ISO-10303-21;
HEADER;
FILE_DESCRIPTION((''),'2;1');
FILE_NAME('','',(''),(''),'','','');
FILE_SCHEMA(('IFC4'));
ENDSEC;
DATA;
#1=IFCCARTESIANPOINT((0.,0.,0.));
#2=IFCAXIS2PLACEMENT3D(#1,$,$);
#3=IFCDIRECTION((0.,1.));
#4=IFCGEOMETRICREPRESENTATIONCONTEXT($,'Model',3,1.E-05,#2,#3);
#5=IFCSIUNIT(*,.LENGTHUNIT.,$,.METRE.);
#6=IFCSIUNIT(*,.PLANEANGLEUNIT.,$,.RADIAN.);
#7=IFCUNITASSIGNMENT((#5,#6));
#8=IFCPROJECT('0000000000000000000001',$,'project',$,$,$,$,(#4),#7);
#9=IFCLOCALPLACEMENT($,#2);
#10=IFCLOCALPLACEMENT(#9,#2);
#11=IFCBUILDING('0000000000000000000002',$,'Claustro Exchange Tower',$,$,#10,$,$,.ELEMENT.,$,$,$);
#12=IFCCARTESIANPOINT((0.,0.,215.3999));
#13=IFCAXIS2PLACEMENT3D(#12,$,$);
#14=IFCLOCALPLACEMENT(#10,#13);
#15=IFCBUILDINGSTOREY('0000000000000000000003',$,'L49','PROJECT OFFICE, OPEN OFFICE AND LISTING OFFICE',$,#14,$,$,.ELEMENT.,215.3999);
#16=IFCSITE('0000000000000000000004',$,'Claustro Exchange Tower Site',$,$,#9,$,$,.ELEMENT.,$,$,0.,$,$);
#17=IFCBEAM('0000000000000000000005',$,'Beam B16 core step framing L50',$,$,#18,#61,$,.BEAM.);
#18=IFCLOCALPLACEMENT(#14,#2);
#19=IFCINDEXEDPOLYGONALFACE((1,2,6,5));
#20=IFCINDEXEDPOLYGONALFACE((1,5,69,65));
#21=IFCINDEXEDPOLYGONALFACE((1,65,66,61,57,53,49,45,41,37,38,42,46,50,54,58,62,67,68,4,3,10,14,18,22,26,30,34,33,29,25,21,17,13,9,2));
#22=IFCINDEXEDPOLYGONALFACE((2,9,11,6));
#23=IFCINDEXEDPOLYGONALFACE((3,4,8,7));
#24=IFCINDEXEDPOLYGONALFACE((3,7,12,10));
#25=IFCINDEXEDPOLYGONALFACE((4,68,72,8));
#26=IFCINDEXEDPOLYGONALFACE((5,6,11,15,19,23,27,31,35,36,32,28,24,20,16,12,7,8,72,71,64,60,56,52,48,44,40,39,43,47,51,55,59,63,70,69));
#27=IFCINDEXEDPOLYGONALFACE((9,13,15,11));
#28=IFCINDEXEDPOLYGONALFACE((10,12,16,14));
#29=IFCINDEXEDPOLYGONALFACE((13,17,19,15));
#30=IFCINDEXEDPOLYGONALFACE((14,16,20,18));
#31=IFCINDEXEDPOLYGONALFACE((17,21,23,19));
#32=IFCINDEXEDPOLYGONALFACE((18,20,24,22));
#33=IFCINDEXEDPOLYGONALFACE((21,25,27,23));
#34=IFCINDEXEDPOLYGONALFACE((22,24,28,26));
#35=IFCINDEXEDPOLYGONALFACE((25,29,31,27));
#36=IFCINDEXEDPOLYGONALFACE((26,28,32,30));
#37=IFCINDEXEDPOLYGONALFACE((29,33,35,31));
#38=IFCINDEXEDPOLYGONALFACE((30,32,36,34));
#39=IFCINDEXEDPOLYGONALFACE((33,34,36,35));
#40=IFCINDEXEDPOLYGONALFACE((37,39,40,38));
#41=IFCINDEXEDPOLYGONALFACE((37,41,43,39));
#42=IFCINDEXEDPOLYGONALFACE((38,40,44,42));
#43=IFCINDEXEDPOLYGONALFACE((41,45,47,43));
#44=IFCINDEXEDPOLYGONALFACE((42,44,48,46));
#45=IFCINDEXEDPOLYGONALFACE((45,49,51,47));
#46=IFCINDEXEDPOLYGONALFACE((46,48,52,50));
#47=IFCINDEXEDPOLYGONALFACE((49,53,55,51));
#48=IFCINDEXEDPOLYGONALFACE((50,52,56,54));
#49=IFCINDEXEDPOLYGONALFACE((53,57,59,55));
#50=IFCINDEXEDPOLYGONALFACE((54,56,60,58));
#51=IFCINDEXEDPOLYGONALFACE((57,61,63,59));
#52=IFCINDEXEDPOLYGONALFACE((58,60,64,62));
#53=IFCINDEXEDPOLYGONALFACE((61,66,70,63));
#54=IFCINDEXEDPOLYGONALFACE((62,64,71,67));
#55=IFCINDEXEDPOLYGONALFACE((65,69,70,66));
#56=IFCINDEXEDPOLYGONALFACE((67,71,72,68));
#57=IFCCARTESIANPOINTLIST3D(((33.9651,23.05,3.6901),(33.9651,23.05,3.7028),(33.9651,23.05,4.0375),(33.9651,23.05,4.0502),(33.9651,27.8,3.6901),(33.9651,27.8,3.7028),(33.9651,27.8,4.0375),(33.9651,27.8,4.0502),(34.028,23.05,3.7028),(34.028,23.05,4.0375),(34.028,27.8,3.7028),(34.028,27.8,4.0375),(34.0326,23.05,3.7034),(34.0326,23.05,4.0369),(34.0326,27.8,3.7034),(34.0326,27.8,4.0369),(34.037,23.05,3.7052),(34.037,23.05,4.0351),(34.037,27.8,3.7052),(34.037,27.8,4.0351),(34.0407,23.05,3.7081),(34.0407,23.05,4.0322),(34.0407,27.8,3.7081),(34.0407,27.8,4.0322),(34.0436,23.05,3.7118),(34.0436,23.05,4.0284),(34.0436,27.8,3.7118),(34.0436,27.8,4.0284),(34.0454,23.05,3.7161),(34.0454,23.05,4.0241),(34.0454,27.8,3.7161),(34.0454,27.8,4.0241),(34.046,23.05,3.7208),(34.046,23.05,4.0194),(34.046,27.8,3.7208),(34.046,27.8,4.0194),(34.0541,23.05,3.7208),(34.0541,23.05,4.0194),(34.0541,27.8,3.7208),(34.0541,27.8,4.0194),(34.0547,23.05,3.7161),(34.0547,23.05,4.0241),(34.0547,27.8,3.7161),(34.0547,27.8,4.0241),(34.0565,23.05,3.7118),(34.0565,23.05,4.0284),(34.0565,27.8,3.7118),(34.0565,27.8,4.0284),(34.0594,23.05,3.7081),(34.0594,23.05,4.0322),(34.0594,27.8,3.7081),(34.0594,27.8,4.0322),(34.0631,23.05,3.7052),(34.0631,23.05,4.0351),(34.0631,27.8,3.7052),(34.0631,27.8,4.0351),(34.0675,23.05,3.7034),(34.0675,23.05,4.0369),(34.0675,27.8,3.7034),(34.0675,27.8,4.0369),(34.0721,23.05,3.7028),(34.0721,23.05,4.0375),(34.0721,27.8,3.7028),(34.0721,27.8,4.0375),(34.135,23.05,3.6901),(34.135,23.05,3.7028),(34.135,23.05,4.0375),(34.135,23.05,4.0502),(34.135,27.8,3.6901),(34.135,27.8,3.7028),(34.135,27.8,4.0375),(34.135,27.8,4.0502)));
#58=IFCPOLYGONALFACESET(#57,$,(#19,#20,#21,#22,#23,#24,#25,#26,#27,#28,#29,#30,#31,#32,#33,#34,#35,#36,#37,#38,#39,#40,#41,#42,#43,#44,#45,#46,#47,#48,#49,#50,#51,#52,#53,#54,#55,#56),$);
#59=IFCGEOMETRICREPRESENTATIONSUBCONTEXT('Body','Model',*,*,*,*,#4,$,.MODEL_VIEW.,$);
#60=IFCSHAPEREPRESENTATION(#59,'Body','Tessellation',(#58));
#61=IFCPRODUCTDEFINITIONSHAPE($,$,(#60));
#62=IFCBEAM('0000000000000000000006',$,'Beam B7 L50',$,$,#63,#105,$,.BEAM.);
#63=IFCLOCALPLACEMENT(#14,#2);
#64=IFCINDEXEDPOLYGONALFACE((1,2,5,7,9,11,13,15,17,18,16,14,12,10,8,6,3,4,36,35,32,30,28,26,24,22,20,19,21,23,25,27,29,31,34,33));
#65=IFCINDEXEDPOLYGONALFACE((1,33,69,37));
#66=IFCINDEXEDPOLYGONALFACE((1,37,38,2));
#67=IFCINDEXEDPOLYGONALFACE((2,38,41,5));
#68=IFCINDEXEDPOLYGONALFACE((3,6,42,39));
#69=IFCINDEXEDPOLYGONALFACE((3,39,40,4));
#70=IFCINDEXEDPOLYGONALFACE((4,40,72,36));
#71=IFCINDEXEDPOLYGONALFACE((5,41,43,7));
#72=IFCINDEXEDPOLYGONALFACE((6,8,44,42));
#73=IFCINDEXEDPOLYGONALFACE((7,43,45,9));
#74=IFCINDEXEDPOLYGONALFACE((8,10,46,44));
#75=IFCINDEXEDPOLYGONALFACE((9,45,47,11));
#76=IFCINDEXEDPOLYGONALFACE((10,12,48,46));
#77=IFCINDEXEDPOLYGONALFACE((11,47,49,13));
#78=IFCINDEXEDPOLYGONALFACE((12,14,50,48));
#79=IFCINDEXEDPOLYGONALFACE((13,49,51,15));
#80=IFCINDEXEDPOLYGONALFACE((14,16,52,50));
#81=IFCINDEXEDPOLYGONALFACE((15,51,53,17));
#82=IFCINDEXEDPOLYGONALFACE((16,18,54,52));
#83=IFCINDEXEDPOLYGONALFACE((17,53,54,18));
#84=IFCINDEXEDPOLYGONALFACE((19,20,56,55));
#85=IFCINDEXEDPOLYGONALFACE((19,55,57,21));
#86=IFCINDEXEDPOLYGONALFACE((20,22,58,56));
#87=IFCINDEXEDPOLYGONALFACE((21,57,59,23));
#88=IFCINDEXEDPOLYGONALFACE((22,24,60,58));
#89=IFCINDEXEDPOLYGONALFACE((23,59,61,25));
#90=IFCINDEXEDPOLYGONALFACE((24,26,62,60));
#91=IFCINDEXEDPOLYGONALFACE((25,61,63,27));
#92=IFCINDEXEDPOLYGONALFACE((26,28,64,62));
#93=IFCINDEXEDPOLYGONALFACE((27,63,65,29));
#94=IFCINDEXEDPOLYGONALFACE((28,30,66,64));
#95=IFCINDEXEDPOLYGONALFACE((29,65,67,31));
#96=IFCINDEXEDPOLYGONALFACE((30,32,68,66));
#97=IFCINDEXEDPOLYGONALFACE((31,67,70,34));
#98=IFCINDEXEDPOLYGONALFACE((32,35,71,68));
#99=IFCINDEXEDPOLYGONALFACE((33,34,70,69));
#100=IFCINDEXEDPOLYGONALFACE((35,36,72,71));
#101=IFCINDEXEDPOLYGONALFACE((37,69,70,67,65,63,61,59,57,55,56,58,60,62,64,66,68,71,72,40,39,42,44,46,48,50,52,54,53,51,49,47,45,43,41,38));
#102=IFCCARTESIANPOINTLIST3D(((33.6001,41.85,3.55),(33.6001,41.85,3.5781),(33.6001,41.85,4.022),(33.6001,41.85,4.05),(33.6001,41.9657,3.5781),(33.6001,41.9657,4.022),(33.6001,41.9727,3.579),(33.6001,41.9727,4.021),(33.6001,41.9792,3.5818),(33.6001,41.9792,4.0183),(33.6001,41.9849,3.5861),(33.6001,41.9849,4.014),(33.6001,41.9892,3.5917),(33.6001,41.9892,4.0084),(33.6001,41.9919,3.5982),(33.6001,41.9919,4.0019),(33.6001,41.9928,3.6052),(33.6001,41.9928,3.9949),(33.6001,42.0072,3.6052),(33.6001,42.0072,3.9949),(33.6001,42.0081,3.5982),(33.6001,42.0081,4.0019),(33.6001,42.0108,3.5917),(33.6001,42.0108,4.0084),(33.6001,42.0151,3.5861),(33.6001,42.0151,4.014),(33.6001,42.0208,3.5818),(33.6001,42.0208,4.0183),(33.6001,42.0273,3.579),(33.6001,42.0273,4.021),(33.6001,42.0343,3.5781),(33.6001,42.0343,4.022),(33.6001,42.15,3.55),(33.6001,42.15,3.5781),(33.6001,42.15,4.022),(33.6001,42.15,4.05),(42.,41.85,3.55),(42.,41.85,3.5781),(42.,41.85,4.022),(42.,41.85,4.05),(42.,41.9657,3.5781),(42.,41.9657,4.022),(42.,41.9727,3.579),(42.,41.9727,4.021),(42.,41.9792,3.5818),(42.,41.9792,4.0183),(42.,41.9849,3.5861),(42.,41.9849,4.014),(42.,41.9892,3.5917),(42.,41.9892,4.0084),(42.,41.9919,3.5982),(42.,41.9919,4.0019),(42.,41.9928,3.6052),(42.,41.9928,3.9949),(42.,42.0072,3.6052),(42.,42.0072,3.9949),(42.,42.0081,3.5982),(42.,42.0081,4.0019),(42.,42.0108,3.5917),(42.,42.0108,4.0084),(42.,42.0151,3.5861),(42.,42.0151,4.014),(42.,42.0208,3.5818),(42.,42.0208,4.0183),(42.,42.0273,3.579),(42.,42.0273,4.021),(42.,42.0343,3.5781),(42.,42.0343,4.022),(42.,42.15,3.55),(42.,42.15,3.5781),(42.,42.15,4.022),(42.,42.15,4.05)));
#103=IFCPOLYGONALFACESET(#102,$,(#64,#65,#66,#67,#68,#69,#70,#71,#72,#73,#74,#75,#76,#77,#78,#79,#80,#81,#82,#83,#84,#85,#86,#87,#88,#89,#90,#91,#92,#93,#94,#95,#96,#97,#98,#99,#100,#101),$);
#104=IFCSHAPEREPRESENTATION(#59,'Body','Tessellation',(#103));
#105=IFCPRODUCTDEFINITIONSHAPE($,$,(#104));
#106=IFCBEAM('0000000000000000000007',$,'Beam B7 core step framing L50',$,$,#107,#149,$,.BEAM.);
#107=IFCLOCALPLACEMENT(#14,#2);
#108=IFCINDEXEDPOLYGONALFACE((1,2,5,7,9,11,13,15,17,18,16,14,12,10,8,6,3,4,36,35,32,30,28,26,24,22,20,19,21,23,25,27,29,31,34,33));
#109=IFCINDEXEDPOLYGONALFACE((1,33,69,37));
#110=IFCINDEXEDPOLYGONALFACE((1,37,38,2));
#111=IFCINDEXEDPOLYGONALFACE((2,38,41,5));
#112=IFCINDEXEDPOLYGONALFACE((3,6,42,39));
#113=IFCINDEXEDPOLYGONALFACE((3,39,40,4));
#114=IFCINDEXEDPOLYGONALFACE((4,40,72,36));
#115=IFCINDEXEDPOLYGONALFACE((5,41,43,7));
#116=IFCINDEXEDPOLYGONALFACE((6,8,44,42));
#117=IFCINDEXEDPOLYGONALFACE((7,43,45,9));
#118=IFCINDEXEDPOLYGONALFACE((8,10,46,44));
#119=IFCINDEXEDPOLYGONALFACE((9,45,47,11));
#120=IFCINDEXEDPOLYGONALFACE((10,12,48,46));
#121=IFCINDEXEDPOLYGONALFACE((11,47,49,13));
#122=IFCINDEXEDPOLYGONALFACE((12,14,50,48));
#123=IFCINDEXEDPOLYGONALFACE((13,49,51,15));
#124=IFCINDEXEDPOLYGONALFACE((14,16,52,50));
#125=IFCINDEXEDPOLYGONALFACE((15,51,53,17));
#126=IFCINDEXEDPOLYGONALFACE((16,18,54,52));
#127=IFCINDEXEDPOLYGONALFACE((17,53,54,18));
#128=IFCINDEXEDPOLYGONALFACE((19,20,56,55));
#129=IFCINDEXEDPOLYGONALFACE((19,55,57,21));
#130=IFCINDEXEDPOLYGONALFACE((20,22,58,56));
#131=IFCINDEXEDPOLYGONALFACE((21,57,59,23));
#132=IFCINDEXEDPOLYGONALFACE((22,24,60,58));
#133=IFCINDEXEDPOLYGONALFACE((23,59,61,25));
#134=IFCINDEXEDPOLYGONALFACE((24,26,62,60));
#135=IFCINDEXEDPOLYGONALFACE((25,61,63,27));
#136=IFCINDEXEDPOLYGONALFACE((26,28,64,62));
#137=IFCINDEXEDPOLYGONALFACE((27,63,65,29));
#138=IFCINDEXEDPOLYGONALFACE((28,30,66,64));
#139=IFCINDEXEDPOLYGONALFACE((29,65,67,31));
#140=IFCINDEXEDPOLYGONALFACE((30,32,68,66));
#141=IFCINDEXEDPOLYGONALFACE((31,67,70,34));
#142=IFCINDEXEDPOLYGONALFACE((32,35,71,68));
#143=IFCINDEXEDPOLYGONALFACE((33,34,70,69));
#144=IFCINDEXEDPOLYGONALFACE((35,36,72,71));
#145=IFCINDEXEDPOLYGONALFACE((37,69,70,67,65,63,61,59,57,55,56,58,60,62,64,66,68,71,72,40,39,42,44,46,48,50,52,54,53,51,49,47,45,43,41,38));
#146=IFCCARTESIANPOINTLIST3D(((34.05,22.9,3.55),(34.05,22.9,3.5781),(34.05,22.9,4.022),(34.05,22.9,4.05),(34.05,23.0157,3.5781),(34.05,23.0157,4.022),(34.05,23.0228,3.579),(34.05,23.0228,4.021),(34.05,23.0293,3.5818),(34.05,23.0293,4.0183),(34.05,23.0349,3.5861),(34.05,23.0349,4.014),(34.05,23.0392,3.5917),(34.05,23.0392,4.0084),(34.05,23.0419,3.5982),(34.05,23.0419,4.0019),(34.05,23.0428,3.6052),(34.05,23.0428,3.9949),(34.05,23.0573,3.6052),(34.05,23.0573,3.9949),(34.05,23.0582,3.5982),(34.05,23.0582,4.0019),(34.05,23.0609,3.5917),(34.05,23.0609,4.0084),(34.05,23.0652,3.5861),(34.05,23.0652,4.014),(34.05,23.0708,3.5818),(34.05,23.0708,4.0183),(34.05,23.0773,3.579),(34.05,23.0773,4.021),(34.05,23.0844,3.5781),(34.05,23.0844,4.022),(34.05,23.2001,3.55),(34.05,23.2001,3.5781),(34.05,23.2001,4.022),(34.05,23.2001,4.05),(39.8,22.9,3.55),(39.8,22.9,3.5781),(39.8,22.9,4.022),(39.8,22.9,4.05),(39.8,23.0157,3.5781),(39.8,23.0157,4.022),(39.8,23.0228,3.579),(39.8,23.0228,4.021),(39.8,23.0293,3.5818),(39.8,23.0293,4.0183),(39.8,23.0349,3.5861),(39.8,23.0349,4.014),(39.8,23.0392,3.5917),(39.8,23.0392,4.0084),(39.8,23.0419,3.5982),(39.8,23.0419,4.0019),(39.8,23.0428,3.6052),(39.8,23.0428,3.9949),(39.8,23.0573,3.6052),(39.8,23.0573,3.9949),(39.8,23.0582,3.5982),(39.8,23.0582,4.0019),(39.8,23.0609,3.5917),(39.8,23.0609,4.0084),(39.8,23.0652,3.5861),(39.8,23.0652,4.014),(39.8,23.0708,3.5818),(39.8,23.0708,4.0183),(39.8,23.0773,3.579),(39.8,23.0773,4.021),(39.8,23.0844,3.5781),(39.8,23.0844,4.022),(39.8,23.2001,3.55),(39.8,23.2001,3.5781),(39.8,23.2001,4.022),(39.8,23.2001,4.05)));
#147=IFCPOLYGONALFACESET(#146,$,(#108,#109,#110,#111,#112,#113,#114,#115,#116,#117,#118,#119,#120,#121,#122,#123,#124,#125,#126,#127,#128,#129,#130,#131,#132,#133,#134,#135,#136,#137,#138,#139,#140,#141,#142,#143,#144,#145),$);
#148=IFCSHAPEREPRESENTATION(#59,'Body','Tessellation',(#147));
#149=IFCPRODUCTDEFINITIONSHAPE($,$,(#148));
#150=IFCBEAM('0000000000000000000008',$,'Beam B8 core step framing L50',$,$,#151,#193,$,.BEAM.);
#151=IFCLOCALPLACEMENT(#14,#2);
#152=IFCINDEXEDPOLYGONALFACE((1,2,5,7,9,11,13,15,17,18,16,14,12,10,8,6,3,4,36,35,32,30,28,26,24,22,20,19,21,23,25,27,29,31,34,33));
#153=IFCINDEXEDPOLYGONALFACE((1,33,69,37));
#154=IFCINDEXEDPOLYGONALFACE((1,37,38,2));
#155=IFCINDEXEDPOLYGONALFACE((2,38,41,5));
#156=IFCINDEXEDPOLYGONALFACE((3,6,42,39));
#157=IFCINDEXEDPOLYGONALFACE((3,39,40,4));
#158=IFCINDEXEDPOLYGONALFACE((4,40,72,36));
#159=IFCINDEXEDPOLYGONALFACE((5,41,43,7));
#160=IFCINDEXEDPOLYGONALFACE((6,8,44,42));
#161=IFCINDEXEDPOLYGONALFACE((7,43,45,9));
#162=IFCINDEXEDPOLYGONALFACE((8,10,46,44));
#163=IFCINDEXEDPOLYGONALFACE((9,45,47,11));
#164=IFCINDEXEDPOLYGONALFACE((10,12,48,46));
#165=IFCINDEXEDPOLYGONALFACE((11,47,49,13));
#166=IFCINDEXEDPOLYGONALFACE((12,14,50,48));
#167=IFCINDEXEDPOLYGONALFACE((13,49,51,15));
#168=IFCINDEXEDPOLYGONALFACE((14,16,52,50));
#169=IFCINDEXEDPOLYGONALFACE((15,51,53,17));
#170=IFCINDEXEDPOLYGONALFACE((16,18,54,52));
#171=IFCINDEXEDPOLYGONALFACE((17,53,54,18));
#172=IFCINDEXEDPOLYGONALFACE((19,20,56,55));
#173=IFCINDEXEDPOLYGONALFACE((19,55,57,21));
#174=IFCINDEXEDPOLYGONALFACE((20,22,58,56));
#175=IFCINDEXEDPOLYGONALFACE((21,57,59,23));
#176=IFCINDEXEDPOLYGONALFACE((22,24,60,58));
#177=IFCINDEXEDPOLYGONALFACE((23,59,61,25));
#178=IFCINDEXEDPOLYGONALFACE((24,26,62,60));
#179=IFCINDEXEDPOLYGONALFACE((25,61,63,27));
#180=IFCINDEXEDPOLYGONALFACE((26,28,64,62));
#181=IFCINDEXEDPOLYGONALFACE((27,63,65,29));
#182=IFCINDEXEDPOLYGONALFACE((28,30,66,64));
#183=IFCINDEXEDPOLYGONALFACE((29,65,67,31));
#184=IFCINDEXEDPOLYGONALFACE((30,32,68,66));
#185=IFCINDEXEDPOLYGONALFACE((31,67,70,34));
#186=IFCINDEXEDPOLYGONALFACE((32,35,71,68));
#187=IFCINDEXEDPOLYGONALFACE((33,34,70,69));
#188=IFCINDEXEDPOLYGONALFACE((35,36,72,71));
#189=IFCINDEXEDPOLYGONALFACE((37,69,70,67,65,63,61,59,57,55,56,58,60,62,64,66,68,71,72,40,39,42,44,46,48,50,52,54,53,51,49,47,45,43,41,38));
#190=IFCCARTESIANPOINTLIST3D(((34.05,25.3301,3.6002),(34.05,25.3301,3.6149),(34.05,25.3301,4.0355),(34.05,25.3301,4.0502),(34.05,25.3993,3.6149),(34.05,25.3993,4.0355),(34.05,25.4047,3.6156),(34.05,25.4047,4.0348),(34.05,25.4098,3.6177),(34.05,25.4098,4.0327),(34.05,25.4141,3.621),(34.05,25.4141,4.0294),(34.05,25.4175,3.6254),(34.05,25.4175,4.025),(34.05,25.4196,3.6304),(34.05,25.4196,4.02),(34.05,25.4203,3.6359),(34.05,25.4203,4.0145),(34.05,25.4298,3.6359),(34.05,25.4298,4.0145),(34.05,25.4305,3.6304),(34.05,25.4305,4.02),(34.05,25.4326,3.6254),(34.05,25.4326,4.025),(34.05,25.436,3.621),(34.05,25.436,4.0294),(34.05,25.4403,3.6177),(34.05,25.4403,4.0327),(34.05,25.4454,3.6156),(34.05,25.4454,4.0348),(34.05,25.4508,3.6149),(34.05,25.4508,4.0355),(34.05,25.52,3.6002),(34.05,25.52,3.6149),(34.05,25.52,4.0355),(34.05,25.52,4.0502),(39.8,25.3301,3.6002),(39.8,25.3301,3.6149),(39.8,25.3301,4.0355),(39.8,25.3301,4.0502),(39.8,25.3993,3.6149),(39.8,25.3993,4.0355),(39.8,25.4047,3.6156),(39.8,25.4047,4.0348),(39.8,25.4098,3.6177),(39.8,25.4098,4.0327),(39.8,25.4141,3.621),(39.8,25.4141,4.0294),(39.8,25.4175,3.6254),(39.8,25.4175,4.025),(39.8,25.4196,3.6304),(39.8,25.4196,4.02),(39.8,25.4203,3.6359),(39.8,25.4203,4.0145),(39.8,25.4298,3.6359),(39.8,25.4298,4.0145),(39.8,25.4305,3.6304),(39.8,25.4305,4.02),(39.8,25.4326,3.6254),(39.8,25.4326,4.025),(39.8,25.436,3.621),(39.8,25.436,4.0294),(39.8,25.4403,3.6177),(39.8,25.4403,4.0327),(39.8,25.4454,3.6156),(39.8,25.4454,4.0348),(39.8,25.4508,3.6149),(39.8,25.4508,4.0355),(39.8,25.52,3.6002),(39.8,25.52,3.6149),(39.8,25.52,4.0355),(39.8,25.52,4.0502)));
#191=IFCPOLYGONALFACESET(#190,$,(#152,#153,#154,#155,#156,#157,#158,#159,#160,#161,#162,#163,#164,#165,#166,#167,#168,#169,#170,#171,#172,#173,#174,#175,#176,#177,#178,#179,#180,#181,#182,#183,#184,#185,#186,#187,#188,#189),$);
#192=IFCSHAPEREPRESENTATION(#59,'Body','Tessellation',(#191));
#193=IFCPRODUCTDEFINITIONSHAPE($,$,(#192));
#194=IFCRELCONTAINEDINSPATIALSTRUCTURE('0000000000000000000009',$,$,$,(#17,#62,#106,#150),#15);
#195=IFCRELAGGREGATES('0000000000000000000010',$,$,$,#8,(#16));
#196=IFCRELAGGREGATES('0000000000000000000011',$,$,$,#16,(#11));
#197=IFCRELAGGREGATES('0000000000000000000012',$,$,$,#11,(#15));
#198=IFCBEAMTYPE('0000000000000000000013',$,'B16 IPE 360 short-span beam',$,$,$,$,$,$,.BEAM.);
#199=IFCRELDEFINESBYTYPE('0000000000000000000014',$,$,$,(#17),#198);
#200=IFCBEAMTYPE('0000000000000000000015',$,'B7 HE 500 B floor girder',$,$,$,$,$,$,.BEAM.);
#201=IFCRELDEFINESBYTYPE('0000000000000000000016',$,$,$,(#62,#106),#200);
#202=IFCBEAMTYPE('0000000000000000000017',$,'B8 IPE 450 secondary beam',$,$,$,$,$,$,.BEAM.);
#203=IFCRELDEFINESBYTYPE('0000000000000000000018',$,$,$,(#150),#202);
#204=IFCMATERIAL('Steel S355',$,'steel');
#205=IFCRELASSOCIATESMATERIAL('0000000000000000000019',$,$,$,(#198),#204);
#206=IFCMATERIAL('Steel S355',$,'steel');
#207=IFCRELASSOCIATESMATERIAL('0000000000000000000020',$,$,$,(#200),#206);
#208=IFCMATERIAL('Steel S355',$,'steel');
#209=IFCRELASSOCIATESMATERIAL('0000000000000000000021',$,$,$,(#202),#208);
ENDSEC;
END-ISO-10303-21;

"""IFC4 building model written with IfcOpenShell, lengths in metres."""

from ifc_helpers import new_model, si_unit, direction, frame, origin, origin_2d, place, context, subcontext, project, spatial, i_section, extrude, material, material_profile, profile_set, type_object, element, save


model = new_model("IFC4")

# Units and contexts
model_context = context("Model", 3, precision=1e-05, world=origin(), true_north=direction((0.0, 1.0)))
body_context = subcontext(model_context, "Body", "Model", "MODEL_VIEW")
ifc_project = project(units=[si_unit("LENGTHUNIT", "METRE"), si_unit("PLANEANGLEUNIT", "RADIAN")], contexts=[model_context])

# Site, building, storey
site_placement = place(None, origin())
site = spatial("IfcSite", under=ifc_project, at=site_placement, Name="Claustro Exchange Tower Site", CompositionType="ELEMENT", RefElevation=0.0)
building_placement = place(site_placement, origin())
building = spatial("IfcBuilding", under=site, at=building_placement, Name="Claustro Exchange Tower", CompositionType="ELEMENT")
storey_placement = place(building_placement, frame((0.0, 0.0, 215.3999)))
storey = spatial("IfcBuildingStorey", under=building, at=storey_placement, Name="L49", Description="PROJECT OFFICE, OPEN OFFICE AND LISTING OFFICE", CompositionType="ELEMENT", Elevation=215.3999)

# Beams
ifc_material_1 = material(Name="Steel S355", Category="steel")
ifc_material_profile_1 = material_profile(ifc_material_1, i_section(OverallWidth=0.1699, OverallDepth=0.3601, WebThickness=0.0081, FlangeThickness=0.0127, FilletRadius=0.0181, at=origin_2d()), Name="IPE 360")
ifc_profile_set_1 = profile_set([ifc_material_profile_1], Name="Steel S355")
beam_type_1 = type_object("IfcBeamType", Name="B16 IPE 360 short-span beam", PredefinedType="BEAM", material=ifc_profile_set_1)
beam_1_placement = place(storey_placement, frame((34.05, 23.05, 3.8701), z_axis=(0.0, 1.0, 0.0), x_axis=(-1.0, 0.0, 0.0)))
element("IfcBeam", 1, at=beam_1_placement, inside=storey, type_object=beam_type_1, Name="Beam B16 core step framing L50", PredefinedType="BEAM", context=body_context, shape_type="SweptSolid", body=[
    extrude(i_section(OverallWidth=0.1699, OverallDepth=0.3601, WebThickness=0.0081, FlangeThickness=0.0127, FilletRadius=0.0181, at=origin_2d()), origin(), (0.0, 0.0, 1.0), 4.75),
])
ifc_material_2 = material(Name="Steel S355", Category="steel")
ifc_material_profile_2 = material_profile(ifc_material_2, i_section(OverallWidth=0.3, OverallDepth=0.5, WebThickness=0.0144, FlangeThickness=0.0281, FilletRadius=0.0271, at=origin_2d()), Name="HE 500 B")
ifc_profile_set_2 = profile_set([ifc_material_profile_2], Name="Steel S355")
beam_type_2 = type_object("IfcBeamType", Name="B7 HE 500 B floor girder", PredefinedType="BEAM", material=ifc_profile_set_2)
beam_2_placement = place(storey_placement, frame((33.6001, 42.0, 3.8), z_axis=(1.0, 0.0, 0.0), x_axis=(0.0, 1.0, 0.0)))
element("IfcBeam", 2, at=beam_2_placement, inside=storey, type_object=beam_type_2, Name="Beam B7 L50", PredefinedType="BEAM", context=body_context, shape_type="SweptSolid", body=[
    extrude(i_section(OverallWidth=0.3, OverallDepth=0.5, WebThickness=0.0144, FlangeThickness=0.0281, FilletRadius=0.0271, at=origin_2d()), origin(), (0.0, 0.0, 1.0), 8.3999),
])
beam_3_placement = place(storey_placement, frame((34.05, 23.05, 3.8), z_axis=(1.0, 0.0, 0.0), x_axis=(0.0, 1.0, 0.0)))
element("IfcBeam", 3, at=beam_3_placement, inside=storey, type_object=beam_type_2, Name="Beam B7 core step framing L50", PredefinedType="BEAM", context=body_context, shape_type="SweptSolid", body=[
    extrude(i_section(OverallWidth=0.3, OverallDepth=0.5, WebThickness=0.0144, FlangeThickness=0.0281, FilletRadius=0.0271, at=origin_2d()), origin(), (0.0, 0.0, 1.0), 5.75),
])
ifc_material_3 = material(Name="Steel S355", Category="steel")
ifc_material_profile_3 = material_profile(ifc_material_3, i_section(OverallWidth=0.1899, OverallDepth=0.45, WebThickness=0.0095, FlangeThickness=0.0146, FilletRadius=0.021, at=origin_2d()), Name="IPE 450")
ifc_profile_set_3 = profile_set([ifc_material_profile_3], Name="Steel S355")
beam_type_3 = type_object("IfcBeamType", Name="B8 IPE 450 secondary beam", PredefinedType="BEAM", material=ifc_profile_set_3)
beam_4_placement = place(storey_placement, frame((34.05, 25.425, 3.8252), z_axis=(1.0, 0.0, 0.0), x_axis=(0.0, 1.0, 0.0)))
element("IfcBeam", 4, at=beam_4_placement, inside=storey, type_object=beam_type_3, Name="Beam B8 core step framing L50", PredefinedType="BEAM", context=body_context, shape_type="SweptSolid", body=[
    extrude(i_section(OverallWidth=0.1899, OverallDepth=0.45, WebThickness=0.0095, FlangeThickness=0.0146, FilletRadius=0.021, at=origin_2d()), origin(), (0.0, 0.0, 1.0), 5.75),
])

save(model, "model.ifc")
